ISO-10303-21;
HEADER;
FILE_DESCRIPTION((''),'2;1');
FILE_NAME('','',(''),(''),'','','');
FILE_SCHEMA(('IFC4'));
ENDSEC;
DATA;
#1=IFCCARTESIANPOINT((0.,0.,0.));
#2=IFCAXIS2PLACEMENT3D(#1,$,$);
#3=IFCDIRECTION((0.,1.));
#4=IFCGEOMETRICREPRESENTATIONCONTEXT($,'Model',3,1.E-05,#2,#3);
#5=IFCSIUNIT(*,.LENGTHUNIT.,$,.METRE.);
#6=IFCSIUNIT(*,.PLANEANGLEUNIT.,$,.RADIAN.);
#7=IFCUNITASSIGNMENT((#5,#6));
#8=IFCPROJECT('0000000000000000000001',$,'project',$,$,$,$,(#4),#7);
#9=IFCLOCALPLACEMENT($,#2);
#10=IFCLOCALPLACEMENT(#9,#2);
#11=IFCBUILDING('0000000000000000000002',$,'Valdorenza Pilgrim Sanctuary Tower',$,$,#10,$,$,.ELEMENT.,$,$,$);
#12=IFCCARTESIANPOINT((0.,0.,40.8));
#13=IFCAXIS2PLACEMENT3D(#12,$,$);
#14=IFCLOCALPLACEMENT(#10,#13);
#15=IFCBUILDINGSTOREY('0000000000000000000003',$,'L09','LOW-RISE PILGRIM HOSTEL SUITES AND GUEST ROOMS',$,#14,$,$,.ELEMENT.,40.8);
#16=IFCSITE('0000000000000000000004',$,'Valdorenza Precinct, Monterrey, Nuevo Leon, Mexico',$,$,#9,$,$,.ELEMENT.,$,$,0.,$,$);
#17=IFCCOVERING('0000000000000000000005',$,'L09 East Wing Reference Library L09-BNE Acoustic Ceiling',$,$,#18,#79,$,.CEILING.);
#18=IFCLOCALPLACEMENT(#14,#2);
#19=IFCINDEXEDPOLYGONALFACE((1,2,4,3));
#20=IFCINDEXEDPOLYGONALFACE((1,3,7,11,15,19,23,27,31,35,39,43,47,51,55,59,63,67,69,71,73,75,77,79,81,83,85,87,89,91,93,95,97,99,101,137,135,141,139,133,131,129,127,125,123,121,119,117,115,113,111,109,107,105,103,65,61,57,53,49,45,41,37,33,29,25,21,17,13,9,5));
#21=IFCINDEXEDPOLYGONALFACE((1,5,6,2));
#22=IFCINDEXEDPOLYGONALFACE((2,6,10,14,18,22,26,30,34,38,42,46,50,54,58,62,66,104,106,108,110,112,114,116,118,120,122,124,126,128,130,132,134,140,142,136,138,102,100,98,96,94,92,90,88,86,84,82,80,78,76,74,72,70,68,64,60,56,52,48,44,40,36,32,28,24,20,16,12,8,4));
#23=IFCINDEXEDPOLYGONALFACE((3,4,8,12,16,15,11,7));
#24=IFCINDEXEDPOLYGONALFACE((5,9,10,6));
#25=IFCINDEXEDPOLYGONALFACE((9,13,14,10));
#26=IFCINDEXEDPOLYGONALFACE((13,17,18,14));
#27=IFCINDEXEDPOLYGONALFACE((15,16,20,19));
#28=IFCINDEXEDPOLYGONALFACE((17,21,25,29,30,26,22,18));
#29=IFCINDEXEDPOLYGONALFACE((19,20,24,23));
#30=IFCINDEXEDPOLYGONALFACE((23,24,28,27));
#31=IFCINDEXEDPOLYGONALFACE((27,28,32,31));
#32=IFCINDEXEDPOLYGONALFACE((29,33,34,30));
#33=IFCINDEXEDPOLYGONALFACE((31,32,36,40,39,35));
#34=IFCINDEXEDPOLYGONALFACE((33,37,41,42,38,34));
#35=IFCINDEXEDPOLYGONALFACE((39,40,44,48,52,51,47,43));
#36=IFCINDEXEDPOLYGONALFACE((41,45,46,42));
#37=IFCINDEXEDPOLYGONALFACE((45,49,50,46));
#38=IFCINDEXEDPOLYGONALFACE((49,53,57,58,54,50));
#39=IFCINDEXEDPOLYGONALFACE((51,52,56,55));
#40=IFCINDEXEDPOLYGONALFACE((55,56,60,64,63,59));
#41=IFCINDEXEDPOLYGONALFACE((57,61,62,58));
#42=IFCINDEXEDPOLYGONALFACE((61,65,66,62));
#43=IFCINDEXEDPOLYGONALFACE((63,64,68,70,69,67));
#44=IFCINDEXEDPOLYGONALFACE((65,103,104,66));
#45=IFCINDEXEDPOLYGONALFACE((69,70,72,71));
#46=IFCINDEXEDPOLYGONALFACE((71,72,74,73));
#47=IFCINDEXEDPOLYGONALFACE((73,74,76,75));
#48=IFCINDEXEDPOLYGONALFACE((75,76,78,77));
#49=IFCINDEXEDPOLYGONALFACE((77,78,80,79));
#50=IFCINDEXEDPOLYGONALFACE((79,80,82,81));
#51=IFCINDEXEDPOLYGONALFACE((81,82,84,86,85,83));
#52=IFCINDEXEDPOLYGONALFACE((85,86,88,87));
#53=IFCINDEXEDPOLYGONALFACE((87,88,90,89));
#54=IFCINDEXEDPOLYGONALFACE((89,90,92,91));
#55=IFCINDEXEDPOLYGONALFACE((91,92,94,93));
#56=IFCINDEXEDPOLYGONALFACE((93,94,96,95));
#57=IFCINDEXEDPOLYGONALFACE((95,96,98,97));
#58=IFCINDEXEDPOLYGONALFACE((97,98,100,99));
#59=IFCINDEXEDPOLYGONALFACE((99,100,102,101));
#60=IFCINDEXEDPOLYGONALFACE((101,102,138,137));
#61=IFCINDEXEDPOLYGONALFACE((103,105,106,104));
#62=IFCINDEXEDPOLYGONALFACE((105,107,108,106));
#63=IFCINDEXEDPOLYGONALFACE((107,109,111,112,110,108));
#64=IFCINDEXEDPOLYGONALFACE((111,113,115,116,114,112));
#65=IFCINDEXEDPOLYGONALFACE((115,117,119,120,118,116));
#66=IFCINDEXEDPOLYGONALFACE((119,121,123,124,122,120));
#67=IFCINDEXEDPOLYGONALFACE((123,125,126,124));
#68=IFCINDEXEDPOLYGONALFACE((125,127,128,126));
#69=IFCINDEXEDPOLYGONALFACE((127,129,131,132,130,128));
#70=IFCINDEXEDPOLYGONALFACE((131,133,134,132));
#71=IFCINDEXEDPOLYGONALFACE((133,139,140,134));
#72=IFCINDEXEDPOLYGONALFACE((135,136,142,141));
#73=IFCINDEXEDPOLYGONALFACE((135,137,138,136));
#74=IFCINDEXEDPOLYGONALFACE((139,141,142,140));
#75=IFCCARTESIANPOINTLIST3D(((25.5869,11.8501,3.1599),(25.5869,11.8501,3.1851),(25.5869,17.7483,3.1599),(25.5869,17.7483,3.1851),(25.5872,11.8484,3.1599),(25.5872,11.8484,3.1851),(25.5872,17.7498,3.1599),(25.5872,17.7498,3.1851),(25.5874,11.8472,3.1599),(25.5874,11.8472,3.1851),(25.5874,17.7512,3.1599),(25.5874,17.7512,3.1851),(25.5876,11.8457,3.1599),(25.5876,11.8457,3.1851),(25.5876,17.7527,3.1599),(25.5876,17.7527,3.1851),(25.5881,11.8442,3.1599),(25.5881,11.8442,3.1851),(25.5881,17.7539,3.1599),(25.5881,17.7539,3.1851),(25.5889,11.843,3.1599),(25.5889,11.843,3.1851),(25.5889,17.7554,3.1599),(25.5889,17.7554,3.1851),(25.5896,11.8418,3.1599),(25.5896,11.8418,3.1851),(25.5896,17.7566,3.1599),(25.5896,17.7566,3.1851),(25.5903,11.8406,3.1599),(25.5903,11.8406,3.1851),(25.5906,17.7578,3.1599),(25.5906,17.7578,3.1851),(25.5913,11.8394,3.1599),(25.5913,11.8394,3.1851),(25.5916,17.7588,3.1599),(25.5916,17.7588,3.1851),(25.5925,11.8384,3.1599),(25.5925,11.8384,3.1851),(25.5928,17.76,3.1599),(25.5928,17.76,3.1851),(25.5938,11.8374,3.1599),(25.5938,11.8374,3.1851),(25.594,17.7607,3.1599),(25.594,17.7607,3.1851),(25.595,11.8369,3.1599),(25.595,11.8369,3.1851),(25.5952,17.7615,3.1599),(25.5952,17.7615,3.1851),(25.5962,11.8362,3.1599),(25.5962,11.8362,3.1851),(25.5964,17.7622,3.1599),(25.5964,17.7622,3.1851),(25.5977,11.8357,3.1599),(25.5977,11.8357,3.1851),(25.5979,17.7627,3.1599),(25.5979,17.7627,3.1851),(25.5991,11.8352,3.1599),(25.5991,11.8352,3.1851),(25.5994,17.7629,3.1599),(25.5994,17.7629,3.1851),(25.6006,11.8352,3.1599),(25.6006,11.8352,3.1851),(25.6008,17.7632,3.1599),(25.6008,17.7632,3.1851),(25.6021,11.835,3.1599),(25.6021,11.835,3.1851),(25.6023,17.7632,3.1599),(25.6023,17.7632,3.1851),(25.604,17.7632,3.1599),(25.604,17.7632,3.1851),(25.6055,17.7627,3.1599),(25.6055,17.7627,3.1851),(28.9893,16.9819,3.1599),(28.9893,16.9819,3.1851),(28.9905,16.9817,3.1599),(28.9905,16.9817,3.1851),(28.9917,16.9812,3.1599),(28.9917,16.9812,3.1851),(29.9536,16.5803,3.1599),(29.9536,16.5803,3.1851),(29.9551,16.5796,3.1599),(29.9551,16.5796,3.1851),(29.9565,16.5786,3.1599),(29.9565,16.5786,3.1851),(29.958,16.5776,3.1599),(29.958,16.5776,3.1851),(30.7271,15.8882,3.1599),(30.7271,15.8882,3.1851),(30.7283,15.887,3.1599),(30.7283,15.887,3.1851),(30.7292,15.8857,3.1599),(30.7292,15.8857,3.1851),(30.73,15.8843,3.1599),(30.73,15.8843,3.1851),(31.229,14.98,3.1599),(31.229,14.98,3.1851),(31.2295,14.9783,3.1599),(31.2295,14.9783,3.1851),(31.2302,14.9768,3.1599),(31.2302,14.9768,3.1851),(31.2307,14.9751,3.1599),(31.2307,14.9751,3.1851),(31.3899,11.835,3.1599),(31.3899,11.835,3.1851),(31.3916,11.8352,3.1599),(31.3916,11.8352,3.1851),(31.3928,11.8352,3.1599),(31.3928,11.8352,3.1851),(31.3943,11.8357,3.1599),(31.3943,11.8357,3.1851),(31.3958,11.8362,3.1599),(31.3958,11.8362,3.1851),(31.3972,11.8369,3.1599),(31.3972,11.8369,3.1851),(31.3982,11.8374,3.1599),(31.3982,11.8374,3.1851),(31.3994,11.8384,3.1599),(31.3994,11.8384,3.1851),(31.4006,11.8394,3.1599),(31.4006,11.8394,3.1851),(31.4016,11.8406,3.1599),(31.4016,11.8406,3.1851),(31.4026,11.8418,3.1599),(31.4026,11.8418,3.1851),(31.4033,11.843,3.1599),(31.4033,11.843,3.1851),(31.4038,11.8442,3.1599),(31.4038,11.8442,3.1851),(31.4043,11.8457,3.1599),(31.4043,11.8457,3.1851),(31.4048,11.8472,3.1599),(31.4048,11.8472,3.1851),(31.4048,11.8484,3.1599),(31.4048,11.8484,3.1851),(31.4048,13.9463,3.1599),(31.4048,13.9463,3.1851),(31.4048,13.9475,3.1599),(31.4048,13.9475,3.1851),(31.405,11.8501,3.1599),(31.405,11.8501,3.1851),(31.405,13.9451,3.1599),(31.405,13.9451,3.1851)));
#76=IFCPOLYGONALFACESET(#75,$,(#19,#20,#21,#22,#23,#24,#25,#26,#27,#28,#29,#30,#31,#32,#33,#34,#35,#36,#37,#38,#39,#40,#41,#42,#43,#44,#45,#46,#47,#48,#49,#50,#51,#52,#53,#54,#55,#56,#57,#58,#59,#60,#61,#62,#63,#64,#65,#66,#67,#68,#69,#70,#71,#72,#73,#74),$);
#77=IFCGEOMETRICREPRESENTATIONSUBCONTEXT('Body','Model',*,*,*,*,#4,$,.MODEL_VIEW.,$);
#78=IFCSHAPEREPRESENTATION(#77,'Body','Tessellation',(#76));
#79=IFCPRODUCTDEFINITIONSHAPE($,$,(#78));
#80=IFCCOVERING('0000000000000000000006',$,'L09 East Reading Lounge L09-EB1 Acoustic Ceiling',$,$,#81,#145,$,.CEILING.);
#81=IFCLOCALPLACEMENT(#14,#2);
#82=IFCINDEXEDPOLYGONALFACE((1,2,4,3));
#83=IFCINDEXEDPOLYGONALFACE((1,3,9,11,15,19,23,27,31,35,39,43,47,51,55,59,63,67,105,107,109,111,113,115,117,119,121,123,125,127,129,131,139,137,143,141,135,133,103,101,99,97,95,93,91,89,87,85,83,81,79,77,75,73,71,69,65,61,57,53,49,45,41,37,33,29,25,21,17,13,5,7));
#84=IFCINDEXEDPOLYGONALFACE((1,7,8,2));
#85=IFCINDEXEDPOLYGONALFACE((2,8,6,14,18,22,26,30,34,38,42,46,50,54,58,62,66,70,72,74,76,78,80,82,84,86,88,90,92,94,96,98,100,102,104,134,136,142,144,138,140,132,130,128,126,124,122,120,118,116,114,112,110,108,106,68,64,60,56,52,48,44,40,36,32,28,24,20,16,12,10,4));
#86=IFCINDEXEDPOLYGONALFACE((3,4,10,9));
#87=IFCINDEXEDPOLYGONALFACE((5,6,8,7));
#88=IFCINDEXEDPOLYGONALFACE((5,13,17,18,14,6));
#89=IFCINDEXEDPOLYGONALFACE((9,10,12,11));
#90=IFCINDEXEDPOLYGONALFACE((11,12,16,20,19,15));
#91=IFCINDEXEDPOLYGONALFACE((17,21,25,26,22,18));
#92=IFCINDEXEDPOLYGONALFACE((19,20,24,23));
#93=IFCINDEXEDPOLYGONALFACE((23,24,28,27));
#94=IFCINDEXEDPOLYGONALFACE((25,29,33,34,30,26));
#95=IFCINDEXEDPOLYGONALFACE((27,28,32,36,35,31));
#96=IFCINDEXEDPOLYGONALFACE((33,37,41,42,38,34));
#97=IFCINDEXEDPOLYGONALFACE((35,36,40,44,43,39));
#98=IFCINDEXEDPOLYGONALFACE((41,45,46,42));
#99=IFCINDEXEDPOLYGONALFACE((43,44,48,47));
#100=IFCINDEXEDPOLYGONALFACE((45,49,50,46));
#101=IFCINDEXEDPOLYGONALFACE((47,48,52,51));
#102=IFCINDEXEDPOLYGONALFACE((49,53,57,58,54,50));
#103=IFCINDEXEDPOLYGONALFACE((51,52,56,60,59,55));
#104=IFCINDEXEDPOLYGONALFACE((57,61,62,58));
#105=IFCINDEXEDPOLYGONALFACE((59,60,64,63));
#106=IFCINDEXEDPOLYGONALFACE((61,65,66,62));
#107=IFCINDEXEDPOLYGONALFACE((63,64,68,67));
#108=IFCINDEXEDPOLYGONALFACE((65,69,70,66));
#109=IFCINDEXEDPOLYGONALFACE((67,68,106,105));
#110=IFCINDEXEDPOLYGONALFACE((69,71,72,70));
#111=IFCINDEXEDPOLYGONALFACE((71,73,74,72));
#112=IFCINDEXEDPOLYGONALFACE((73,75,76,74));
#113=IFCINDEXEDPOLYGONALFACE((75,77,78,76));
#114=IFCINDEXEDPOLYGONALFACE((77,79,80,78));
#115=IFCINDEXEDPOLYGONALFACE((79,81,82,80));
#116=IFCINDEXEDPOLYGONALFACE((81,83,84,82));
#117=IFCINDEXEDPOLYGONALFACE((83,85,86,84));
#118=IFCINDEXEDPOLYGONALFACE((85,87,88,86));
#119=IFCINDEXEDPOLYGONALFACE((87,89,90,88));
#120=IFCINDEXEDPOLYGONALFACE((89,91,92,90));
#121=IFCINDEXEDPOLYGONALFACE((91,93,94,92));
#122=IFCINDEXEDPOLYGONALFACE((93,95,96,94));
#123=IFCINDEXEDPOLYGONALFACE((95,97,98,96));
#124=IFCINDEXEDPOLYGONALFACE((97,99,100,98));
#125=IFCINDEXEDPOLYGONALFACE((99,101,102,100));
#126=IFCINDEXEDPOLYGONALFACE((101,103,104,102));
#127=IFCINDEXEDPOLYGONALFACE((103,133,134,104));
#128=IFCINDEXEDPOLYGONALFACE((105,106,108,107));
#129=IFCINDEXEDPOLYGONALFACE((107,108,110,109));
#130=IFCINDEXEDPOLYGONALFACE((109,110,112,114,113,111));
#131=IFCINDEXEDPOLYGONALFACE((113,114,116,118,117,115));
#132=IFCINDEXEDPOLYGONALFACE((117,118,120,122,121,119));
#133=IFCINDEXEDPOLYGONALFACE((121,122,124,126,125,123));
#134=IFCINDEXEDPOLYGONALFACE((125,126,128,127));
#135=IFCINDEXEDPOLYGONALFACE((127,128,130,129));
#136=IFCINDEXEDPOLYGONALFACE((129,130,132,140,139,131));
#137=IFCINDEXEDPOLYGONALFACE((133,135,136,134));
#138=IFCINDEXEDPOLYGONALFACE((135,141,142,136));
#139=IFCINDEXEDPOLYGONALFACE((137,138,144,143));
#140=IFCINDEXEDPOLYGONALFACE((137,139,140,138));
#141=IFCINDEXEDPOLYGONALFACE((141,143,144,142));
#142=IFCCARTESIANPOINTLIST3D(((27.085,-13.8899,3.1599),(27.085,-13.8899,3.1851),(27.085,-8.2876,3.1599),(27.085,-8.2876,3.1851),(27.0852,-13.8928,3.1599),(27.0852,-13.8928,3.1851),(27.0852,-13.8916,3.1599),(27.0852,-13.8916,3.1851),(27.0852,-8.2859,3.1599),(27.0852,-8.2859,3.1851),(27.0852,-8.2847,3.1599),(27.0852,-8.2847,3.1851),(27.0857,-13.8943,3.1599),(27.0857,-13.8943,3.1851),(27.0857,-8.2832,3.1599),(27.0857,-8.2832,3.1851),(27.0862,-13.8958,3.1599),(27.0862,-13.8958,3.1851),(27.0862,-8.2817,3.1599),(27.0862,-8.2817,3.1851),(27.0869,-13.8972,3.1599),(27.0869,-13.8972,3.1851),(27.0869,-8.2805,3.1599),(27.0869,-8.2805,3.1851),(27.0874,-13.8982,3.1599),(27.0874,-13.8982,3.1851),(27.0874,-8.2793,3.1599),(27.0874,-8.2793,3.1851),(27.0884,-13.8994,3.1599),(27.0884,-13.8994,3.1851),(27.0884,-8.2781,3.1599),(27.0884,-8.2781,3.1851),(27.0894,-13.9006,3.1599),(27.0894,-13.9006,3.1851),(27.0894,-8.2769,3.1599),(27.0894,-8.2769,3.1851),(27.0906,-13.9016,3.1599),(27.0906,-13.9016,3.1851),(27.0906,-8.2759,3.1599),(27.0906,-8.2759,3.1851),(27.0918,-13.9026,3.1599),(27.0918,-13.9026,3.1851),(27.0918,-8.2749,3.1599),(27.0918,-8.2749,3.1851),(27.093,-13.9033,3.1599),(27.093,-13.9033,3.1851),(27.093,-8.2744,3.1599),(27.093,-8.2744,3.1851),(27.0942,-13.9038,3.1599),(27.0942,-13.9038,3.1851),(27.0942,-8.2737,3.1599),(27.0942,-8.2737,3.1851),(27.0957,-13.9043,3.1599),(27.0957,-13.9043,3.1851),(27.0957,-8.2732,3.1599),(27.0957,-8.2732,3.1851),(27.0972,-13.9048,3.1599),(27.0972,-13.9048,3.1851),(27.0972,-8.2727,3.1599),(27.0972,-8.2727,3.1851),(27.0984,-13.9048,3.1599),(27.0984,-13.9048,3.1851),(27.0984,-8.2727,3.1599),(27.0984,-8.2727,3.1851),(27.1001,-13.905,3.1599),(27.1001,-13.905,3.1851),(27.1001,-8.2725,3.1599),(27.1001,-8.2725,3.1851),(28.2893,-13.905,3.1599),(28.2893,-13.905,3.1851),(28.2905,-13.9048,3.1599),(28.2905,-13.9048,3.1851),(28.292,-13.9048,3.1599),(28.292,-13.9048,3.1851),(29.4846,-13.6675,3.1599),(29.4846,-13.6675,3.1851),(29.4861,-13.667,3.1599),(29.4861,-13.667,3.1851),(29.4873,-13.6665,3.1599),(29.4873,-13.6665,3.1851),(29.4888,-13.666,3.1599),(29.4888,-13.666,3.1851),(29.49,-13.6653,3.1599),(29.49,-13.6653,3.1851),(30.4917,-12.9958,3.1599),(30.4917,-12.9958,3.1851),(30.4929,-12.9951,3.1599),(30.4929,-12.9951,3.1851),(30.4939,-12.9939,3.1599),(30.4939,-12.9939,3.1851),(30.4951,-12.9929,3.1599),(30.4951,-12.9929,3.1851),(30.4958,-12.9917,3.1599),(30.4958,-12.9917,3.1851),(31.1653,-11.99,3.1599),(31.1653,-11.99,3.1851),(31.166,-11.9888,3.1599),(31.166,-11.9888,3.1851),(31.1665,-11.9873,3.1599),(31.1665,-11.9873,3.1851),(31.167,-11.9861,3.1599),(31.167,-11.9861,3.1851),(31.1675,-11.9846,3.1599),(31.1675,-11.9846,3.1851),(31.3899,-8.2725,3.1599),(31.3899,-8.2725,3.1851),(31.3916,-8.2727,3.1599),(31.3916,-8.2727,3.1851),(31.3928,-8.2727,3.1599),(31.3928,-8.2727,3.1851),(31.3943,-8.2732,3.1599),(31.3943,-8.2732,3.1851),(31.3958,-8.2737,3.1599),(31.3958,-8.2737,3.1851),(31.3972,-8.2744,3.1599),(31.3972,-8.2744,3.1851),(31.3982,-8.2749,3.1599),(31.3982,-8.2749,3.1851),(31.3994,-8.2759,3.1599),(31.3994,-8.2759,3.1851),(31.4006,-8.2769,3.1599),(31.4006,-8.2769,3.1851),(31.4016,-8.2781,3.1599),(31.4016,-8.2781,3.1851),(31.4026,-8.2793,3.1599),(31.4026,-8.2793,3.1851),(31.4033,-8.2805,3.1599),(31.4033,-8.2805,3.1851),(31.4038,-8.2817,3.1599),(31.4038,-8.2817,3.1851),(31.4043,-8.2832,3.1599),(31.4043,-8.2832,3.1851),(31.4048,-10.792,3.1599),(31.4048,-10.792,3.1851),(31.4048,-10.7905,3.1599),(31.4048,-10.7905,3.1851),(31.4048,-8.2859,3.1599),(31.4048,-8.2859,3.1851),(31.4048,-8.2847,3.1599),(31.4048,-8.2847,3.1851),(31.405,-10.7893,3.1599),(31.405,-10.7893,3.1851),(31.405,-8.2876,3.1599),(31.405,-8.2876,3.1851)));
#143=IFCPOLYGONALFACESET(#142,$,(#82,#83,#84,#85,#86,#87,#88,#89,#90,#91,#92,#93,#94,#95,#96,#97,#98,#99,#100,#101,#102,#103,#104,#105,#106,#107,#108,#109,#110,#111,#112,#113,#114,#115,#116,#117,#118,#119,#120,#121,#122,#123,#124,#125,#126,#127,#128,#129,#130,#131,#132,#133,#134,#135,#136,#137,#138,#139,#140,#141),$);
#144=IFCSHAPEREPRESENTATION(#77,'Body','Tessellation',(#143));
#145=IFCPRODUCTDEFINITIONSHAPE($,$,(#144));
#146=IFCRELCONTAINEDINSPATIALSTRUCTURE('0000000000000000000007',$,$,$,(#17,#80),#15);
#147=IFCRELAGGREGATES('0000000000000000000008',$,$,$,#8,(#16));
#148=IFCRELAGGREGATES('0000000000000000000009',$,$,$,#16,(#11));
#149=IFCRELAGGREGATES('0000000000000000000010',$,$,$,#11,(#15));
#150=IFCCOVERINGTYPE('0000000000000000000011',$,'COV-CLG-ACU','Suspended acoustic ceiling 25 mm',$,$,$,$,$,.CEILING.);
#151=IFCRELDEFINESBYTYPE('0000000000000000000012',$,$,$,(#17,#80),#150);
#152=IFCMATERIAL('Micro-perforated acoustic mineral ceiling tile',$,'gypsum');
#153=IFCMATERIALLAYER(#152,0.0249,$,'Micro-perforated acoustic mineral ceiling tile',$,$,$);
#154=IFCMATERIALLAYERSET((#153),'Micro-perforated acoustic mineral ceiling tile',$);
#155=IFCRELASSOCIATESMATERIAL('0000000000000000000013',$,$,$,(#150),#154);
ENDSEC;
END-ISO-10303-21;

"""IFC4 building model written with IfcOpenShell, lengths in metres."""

from ifc_helpers import new_model, si_unit, direction, frame, origin, place, context, subcontext, project, spatial, polyline, outline, extrude, material, layer, layer_set, type_object, element, save


model = new_model("IFC4")

# Units and contexts
model_context = context("Model", 3, precision=1e-05, world=origin(), true_north=direction((0.0, 1.0)))
body_context = subcontext(model_context, "Body", "Model", "MODEL_VIEW")
ifc_project = project(units=[si_unit("LENGTHUNIT", "METRE"), si_unit("PLANEANGLEUNIT", "RADIAN")], contexts=[model_context])

# Site, building, storey
site_placement = place(None, origin())
site = spatial("IfcSite", under=ifc_project, at=site_placement, Name="Valdorenza Precinct, Monterrey, Nuevo Leon, Mexico", CompositionType="ELEMENT", RefElevation=0.0)
building_placement = place(site_placement, origin())
building = spatial("IfcBuilding", under=site, at=building_placement, Name="Valdorenza Pilgrim Sanctuary Tower", CompositionType="ELEMENT")
storey_placement = place(building_placement, frame((0.0, 0.0, 40.8)))
storey = spatial("IfcBuildingStorey", under=building, at=storey_placement, Name="L09", Description="LOW-RISE PILGRIM HOSTEL SUITES AND GUEST ROOMS", CompositionType="ELEMENT", Elevation=40.8)

# Coverings
ifc_material_1 = material(Name="Micro-perforated acoustic mineral ceiling tile", Category="gypsum")
ifc_layer_1 = layer(ifc_material_1, 0.0249, Name="Micro-perforated acoustic mineral ceiling tile")
ifc_layer_set_1 = layer_set([ifc_layer_1], Name="Micro-perforated acoustic mineral ceiling tile")
covering_type_1 = type_object("IfcCoveringType", Name="COV-CLG-ACU", Description="Suspended acoustic ceiling 25 mm", PredefinedType="CEILING", material=ifc_layer_set_1)
covering_1_placement = place(storey_placement, frame((0.0, 0.0, 3.1599)))
element("IfcCovering", 1, at=covering_1_placement, inside=storey, type_object=covering_type_1, Name="L09 East Wing Reference Library L09-BNE Acoustic Ceiling", PredefinedType="CEILING", context=body_context, shape_type="SweptSolid", body=[
    extrude(outline(polyline([(28.9893, 16.9819), (28.9905, 16.9817), (28.9917, 16.9812), (29.9536, 16.5803), (29.9551, 16.5796), (29.9565, 16.5786), (29.958, 16.5776), (30.7271, 15.8882), (30.7283, 15.887), (30.7292, 15.8857), (30.73, 15.8843), (31.229, 14.98), (31.2295, 14.9783), (31.2302, 14.9768), (31.2307, 14.9751), (31.4048, 13.9475), (31.4048, 13.9463), (31.405, 13.9451), (31.405, 11.8501), (31.4048, 11.8484), (31.4048, 11.8472), (31.4043, 11.8457), (31.4038, 11.8442), (31.4033, 11.843), (31.4026, 11.8418), (31.4016, 11.8406), (31.4006, 11.8394), (31.3994, 11.8384), (31.3982, 11.8374), (31.3972, 11.8369), (31.3958, 11.8362), (31.3943, 11.8357), (31.3928, 11.8352), (31.3916, 11.8352), (31.3899, 11.835), (25.6021, 11.835), (25.6006, 11.8352), (25.5991, 11.8352), (25.5977, 11.8357), (25.5962, 11.8362), (25.595, 11.8369), (25.5938, 11.8374), (25.5925, 11.8384), (25.5913, 11.8394), (25.5903, 11.8406), (25.5896, 11.8418), (25.5889, 11.843), (25.5881, 11.8442), (25.5876, 11.8457), (25.5874, 11.8472), (25.5872, 11.8484), (25.5869, 11.8501), (25.5869, 17.7483), (25.5872, 17.7498), (25.5874, 17.7512), (25.5876, 17.7527), (25.5881, 17.7539), (25.5889, 17.7554), (25.5896, 17.7566), (25.5906, 17.7578), (25.5916, 17.7588), (25.5928, 17.76), (25.594, 17.7607), (25.5952, 17.7615), (25.5964, 17.7622), (25.5979, 17.7627), (25.5994, 17.7629), (25.6008, 17.7632), (25.6023, 17.7632), (25.604, 17.7632), (25.6055, 17.7627), (28.9893, 16.9819)])), origin(), (0.0, 0.0, 1.0), 0.0251),
])
covering_2_placement = place(storey_placement, frame((0.0, 0.0, 3.1599)))
element("IfcCovering", 2, at=covering_2_placement, inside=storey, type_object=covering_type_1, Name="L09 East Reading Lounge L09-EB1 Acoustic Ceiling", PredefinedType="CEILING", context=body_context, shape_type="SweptSolid", body=[
    extrude(outline(polyline([(31.3899, -8.2725), (31.3916, -8.2727), (31.3928, -8.2727), (31.3943, -8.2732), (31.3958, -8.2737), (31.3972, -8.2744), (31.3982, -8.2749), (31.3994, -8.2759), (31.4006, -8.2769), (31.4016, -8.2781), (31.4026, -8.2793), (31.4033, -8.2805), (31.4038, -8.2817), (31.4043, -8.2832), (31.4048, -8.2847), (31.4048, -8.2859), (31.405, -8.2876), (31.405, -10.7893), (31.4048, -10.7905), (31.4048, -10.792), (31.1675, -11.9846), (31.167, -11.9861), (31.1665, -11.9873), (31.166, -11.9888), (31.1653, -11.99), (30.4958, -12.9917), (30.4951, -12.9929), (30.4939, -12.9939), (30.4929, -12.9951), (30.4917, -12.9958), (29.49, -13.6653), (29.4888, -13.666), (29.4873, -13.6665), (29.4861, -13.667), (29.4846, -13.6675), (28.292, -13.9048), (28.2905, -13.9048), (28.2893, -13.905), (27.1001, -13.905), (27.0984, -13.9048), (27.0972, -13.9048), (27.0957, -13.9043), (27.0942, -13.9038), (27.093, -13.9033), (27.0918, -13.9026), (27.0906, -13.9016), (27.0894, -13.9006), (27.0884, -13.8994), (27.0874, -13.8982), (27.0869, -13.8972), (27.0862, -13.8958), (27.0857, -13.8943), (27.0852, -13.8928), (27.0852, -13.8916), (27.085, -13.8899), (27.085, -8.2876), (27.0852, -8.2859), (27.0852, -8.2847), (27.0857, -8.2832), (27.0862, -8.2817), (27.0869, -8.2805), (27.0874, -8.2793), (27.0884, -8.2781), (27.0894, -8.2769), (27.0906, -8.2759), (27.0918, -8.2749), (27.093, -8.2744), (27.0942, -8.2737), (27.0957, -8.2732), (27.0972, -8.2727), (27.0984, -8.2727), (27.1001, -8.2725), (31.3899, -8.2725)])), origin(), (0.0, 0.0, 1.0), 0.0251),
])

save(model, "model.ifc")
